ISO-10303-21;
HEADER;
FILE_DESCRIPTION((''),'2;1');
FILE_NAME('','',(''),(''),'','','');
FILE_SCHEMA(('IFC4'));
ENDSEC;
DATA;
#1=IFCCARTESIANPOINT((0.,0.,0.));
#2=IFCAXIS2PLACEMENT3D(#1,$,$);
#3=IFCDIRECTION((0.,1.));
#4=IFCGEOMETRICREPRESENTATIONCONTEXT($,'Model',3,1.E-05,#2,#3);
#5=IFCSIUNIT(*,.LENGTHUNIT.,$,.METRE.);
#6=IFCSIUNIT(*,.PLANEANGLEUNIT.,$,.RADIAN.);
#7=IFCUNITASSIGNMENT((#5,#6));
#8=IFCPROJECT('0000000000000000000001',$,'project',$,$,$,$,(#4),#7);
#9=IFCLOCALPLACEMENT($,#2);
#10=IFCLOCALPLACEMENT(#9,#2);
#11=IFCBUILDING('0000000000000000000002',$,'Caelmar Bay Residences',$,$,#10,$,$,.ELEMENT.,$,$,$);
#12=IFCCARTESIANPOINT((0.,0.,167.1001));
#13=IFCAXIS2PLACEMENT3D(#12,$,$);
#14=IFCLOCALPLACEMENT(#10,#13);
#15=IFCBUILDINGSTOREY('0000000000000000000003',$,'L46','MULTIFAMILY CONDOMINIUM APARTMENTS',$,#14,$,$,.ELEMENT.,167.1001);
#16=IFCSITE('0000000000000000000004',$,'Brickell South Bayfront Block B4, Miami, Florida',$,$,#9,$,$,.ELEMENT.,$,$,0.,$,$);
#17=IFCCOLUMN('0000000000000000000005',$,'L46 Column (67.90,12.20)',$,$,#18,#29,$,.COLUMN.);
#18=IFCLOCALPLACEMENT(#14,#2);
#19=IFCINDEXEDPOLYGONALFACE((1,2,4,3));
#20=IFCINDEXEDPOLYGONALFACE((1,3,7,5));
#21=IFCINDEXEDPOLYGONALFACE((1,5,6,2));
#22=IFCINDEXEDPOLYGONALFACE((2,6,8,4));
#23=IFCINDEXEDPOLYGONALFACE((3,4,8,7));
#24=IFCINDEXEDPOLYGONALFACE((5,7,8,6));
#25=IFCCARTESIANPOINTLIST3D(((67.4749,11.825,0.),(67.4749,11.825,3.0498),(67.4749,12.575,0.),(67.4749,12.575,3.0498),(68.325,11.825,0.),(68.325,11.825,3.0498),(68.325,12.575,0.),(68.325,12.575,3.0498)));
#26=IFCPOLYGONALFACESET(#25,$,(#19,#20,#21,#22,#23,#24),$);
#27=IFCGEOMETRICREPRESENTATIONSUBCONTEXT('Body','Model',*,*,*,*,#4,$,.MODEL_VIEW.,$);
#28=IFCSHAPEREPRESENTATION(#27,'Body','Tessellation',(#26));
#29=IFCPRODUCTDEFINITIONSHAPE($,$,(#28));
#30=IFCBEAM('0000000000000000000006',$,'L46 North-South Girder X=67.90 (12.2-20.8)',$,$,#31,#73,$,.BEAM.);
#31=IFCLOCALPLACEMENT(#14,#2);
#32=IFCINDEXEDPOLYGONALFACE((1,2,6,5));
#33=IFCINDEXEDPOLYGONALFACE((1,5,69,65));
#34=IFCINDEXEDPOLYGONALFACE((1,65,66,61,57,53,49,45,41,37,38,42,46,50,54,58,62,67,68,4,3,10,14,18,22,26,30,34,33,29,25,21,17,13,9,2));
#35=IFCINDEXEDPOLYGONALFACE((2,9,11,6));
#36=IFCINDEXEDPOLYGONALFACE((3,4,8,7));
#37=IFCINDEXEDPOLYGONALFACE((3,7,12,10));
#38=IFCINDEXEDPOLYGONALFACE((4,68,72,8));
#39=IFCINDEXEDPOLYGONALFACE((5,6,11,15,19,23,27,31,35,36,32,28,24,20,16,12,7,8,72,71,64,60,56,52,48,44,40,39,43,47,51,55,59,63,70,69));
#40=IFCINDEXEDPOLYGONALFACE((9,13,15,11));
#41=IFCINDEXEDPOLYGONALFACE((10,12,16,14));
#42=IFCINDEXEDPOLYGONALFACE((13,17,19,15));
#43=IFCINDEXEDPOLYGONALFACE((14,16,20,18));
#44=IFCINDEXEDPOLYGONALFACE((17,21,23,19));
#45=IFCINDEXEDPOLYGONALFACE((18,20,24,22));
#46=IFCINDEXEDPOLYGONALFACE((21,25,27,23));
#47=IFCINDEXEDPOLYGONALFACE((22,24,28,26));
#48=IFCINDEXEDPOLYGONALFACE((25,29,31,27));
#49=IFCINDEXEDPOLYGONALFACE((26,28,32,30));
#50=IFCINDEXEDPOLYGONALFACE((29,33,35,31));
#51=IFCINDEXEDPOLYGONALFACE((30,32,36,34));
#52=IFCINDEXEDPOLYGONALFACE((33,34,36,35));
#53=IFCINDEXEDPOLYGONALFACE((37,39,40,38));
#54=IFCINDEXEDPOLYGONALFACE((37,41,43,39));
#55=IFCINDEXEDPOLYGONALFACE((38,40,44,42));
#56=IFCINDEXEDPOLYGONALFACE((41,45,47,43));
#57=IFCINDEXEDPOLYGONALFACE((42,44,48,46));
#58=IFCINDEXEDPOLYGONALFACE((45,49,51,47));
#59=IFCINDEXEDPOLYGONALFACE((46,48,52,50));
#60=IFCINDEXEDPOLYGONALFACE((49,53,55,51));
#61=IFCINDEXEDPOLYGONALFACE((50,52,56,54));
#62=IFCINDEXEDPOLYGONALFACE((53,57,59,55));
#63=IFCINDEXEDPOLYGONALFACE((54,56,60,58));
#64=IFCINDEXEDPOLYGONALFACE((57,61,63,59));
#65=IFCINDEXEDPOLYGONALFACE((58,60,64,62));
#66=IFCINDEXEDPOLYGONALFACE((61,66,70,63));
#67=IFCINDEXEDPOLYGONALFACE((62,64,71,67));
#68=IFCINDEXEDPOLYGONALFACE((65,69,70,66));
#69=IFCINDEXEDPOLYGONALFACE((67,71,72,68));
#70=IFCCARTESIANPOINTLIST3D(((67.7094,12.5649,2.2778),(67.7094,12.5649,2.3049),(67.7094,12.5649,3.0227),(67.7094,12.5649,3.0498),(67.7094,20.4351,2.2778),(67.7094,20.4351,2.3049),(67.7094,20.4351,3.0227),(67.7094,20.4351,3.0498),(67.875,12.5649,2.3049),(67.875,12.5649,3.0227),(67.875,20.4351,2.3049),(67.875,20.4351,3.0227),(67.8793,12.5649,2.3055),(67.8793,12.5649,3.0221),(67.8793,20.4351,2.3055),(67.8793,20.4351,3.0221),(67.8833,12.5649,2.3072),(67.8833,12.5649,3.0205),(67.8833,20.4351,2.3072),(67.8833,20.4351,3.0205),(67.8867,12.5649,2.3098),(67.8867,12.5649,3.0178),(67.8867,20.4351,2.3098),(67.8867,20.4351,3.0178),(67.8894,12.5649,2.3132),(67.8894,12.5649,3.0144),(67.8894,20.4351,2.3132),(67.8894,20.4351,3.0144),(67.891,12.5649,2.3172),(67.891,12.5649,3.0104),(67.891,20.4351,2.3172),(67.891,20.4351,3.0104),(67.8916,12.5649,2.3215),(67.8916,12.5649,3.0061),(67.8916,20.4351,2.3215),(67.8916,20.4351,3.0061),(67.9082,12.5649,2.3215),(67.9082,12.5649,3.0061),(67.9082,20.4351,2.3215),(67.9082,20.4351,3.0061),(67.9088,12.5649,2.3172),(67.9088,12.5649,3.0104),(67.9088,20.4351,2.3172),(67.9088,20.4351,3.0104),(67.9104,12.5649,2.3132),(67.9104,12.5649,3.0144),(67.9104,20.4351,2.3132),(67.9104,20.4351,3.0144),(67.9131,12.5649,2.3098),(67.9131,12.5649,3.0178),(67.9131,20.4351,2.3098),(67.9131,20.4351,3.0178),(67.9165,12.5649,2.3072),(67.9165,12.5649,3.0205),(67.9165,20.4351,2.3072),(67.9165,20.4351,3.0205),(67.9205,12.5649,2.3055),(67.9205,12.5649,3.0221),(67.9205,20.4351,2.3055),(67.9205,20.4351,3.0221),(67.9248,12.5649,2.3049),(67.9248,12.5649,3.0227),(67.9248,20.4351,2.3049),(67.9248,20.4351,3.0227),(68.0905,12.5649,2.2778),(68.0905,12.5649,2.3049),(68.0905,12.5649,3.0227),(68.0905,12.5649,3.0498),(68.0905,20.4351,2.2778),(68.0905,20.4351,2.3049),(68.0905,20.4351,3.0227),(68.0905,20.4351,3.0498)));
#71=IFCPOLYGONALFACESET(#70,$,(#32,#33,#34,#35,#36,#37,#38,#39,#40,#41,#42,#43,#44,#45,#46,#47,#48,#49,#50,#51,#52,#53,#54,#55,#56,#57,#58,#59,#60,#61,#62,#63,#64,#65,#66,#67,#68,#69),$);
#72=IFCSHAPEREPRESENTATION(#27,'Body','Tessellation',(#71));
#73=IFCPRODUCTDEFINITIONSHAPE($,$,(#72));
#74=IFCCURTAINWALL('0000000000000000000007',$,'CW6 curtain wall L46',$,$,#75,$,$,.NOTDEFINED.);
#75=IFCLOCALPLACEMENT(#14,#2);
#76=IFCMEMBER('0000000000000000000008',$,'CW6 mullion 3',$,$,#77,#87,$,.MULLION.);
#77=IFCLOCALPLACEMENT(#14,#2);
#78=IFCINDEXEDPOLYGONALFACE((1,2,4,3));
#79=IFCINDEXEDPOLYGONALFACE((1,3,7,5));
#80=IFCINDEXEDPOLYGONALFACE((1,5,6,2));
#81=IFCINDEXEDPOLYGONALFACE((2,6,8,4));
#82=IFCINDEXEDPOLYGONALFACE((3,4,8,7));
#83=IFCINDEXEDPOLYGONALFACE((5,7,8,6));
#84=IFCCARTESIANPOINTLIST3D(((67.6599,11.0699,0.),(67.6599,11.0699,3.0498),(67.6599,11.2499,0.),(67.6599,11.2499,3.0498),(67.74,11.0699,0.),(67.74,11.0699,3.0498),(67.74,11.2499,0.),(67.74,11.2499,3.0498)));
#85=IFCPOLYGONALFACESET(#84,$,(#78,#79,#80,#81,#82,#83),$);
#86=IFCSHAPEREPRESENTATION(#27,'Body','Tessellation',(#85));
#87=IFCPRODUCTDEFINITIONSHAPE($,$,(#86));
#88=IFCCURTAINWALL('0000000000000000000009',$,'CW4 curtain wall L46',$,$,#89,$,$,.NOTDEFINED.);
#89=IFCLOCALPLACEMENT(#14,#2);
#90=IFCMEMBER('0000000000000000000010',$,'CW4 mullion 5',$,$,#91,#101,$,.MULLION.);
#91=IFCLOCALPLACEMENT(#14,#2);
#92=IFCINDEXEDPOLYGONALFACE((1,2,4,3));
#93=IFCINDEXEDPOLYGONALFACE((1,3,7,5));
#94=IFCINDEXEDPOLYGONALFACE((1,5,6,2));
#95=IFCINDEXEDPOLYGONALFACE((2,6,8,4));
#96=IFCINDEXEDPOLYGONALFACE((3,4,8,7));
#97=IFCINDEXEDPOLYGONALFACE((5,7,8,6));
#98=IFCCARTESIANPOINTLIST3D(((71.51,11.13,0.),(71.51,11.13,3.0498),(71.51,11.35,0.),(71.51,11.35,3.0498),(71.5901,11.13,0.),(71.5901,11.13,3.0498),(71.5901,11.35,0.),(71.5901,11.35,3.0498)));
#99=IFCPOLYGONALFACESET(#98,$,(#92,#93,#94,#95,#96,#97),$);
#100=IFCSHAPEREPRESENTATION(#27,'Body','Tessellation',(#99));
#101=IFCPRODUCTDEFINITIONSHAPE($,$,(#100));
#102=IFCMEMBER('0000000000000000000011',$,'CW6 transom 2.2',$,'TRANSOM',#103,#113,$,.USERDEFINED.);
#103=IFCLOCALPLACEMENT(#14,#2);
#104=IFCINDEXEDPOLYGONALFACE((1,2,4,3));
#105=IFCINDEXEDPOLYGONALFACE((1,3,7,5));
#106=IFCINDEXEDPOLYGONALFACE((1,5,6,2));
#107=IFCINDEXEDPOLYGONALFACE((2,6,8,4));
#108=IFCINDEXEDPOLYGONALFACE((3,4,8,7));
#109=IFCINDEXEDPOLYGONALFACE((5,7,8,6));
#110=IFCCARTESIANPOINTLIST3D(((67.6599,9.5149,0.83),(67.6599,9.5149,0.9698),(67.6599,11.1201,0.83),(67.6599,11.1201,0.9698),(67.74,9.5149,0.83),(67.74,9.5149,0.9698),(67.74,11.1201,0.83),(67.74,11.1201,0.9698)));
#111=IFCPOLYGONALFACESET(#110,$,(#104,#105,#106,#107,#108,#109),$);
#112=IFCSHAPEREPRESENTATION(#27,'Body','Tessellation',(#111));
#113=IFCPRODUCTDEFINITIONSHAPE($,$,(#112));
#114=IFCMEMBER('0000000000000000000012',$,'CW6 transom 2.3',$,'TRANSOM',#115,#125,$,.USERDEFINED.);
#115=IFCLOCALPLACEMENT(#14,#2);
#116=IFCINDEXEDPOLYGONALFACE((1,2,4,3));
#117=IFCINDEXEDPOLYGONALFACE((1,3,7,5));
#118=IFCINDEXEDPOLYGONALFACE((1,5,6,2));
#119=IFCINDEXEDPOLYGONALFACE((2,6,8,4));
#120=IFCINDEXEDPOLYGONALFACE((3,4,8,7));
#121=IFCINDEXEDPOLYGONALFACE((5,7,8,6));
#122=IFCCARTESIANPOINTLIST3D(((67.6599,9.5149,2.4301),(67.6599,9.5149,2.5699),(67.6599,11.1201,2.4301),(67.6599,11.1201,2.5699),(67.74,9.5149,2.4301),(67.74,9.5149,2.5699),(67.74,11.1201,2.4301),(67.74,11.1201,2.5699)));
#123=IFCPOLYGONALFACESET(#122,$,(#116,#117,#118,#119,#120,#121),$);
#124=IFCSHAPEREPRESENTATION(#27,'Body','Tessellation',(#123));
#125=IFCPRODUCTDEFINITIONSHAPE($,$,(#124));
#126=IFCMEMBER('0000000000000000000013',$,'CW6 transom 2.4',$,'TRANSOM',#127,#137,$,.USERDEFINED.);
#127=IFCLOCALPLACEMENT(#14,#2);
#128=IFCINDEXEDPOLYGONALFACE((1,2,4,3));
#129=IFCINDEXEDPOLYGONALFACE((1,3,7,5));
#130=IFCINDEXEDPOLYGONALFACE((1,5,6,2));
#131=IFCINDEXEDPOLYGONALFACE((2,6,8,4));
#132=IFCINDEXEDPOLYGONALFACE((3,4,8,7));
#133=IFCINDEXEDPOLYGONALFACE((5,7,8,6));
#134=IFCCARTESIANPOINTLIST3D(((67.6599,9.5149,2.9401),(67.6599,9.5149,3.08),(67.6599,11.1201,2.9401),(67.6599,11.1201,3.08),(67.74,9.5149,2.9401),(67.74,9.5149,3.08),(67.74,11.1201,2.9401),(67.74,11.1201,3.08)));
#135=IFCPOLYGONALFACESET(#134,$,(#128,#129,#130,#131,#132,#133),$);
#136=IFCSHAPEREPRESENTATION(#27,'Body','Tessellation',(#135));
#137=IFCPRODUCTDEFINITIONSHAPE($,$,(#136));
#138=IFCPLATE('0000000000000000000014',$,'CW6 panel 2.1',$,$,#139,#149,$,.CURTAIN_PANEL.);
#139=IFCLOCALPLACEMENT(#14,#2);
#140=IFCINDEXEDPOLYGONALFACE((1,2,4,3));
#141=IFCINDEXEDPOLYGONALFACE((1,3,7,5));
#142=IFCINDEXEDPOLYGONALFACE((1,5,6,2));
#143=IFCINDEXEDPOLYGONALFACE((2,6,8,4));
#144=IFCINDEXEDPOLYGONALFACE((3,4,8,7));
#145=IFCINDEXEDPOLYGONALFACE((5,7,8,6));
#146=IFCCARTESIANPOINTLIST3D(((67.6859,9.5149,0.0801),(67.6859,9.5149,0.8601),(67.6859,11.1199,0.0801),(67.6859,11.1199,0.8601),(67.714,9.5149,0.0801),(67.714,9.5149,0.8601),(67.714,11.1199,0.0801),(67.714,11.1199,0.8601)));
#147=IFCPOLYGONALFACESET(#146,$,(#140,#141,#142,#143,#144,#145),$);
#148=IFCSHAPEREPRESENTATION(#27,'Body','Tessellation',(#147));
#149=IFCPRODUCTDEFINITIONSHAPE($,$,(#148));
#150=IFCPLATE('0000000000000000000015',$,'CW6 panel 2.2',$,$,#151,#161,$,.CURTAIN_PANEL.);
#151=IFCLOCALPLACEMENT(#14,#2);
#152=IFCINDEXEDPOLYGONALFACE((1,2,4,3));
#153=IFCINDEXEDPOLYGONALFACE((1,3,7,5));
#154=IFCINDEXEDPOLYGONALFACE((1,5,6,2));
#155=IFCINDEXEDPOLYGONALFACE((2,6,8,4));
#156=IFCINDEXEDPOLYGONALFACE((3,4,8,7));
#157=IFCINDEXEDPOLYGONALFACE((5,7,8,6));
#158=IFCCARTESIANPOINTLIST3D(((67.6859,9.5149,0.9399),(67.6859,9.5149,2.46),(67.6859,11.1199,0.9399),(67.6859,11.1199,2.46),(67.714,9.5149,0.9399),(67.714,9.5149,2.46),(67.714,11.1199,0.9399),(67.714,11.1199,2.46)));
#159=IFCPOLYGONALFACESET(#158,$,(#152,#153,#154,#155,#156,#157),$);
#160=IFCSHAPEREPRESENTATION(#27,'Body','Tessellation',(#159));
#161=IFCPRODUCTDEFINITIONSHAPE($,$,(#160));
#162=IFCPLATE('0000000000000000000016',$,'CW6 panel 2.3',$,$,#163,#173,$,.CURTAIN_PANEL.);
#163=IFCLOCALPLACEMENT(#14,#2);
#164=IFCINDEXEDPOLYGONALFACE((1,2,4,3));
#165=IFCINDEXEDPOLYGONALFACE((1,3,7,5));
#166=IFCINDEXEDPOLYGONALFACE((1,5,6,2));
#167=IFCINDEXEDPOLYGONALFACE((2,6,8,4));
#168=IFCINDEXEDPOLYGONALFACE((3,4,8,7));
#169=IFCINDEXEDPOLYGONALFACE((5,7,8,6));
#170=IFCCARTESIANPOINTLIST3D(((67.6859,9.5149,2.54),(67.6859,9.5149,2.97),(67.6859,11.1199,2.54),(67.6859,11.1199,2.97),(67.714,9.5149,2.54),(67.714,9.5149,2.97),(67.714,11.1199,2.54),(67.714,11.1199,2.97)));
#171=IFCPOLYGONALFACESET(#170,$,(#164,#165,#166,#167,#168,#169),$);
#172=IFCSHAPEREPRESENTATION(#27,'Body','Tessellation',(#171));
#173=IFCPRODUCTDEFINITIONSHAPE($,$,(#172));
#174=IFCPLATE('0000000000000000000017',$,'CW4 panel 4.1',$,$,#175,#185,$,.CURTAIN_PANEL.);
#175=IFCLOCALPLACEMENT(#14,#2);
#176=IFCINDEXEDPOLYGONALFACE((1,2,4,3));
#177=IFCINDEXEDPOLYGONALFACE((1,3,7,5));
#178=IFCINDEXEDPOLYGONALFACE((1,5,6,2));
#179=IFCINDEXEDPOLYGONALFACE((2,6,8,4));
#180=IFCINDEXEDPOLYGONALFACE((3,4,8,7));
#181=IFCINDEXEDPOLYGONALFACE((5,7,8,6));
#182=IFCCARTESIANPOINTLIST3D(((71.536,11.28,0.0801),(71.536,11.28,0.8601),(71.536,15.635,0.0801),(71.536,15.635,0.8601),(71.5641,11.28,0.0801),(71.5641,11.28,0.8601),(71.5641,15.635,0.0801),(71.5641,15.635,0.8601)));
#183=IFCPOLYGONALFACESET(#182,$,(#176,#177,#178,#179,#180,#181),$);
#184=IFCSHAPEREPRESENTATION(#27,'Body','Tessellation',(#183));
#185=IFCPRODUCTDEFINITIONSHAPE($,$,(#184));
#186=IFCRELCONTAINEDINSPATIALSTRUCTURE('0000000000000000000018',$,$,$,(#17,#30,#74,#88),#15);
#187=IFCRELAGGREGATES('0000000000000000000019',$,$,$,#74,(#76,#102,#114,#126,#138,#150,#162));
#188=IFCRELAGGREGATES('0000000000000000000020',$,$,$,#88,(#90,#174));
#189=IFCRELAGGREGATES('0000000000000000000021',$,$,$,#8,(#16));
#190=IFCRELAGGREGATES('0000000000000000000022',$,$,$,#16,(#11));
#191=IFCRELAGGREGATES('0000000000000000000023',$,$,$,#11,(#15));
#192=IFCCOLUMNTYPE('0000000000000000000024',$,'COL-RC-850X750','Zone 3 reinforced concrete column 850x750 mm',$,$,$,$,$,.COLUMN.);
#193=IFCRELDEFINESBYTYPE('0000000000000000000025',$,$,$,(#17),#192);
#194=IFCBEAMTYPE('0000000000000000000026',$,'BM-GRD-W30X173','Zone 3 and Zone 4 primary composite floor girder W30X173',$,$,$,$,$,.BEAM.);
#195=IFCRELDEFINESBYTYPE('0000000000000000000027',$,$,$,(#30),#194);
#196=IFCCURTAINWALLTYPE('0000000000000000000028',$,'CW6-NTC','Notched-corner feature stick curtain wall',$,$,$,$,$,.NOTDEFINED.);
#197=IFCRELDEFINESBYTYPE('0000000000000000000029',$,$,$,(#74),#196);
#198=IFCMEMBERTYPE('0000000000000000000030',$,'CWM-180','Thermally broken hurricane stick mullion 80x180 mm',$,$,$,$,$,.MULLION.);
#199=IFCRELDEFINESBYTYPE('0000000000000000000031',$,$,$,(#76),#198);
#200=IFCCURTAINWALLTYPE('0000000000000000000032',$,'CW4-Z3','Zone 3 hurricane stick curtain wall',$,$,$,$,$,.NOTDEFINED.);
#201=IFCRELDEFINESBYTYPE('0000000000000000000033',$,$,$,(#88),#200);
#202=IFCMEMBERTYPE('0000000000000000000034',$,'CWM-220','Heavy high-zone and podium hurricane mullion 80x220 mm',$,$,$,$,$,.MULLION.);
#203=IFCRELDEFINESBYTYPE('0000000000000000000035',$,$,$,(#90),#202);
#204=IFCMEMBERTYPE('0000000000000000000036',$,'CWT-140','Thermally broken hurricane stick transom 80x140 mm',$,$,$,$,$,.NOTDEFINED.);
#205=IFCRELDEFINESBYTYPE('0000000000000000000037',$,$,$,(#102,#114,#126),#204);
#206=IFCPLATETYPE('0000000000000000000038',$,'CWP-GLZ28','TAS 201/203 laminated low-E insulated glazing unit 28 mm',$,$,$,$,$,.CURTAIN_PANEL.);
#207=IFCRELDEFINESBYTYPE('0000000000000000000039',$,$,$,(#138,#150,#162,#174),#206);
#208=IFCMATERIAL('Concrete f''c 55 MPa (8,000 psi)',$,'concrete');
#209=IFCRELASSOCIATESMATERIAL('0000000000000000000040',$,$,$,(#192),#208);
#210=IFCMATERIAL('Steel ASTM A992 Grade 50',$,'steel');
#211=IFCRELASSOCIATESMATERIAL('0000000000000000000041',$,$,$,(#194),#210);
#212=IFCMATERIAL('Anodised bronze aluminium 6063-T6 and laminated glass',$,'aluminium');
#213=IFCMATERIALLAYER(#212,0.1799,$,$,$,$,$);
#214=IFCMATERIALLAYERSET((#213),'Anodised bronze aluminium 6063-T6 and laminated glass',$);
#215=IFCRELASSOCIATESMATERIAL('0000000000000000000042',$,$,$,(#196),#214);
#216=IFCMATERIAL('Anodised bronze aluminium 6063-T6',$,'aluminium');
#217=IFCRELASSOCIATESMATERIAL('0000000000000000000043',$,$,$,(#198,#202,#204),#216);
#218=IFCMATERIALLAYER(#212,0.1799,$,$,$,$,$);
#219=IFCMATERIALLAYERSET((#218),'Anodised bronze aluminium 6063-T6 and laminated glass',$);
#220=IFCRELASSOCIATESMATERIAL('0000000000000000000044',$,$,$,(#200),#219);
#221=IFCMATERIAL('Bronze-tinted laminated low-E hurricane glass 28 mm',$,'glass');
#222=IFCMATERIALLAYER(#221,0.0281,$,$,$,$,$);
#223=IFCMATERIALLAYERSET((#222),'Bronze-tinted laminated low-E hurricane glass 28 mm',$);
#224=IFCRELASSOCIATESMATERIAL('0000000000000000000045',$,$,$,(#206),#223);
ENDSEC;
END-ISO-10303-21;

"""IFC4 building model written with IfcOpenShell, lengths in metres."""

from ifc_helpers import new_model, si_unit, direction, frame, origin, origin_2d, place, context, subcontext, project, spatial, rectangle, i_section, extrude, material, layer, layer_set, material_profile, profile_set, type_object, element, aggregate, save


model = new_model("IFC4")

# Units and contexts
model_context = context("Model", 3, precision=1e-05, world=origin(), true_north=direction((0.0, 1.0)))
body_context = subcontext(model_context, "Body", "Model", "MODEL_VIEW")
ifc_project = project(units=[si_unit("LENGTHUNIT", "METRE"), si_unit("PLANEANGLEUNIT", "RADIAN")], contexts=[model_context])

# Site, building, storey
site_placement = place(None, origin())
site = spatial("IfcSite", under=ifc_project, at=site_placement, Name="Brickell South Bayfront Block B4, Miami, Florida", CompositionType="ELEMENT", RefElevation=0.0)
building_placement = place(site_placement, origin())
building = spatial("IfcBuilding", under=site, at=building_placement, Name="Caelmar Bay Residences", CompositionType="ELEMENT")
storey_placement = place(building_placement, frame((0.0, 0.0, 167.1001)))
storey = spatial("IfcBuildingStorey", under=building, at=storey_placement, Name="L46", Description="MULTIFAMILY CONDOMINIUM APARTMENTS", CompositionType="ELEMENT", Elevation=167.1001)

# Column
ifc_material_1 = material(Name="Concrete f'c 55 MPa (8,000 psi)", Category="concrete")
ifc_material_profile_1 = material_profile(ifc_material_1, rectangle(XDim=0.8501, YDim=0.75, at=origin_2d()), Name="RC-COL-850X750")
ifc_profile_set_1 = profile_set([ifc_material_profile_1], Name="Concrete f'c 55 MPa (8,000 psi)")
column_type = type_object("IfcColumnType", Name="COL-RC-850X750", Description="Zone 3 reinforced concrete column 850x750 mm", PredefinedType="COLUMN", material=ifc_profile_set_1)
column_placement = place(storey_placement, frame((67.8999, 12.2, 0.0), z_axis=(0.0, 0.0, 1.0), x_axis=(1.0, 0.0, 0.0)))
element("IfcColumn", 1, at=column_placement, inside=storey, type_object=column_type, Name="L46 Column (67.90,12.20)", PredefinedType="COLUMN", context=body_context, shape_type="SweptSolid", body=[
    extrude(rectangle(XDim=0.8501, YDim=0.75, at=origin_2d()), origin(), (0.0, 0.0, 1.0), 3.0498),
])

# Beam
ifc_material_2 = material(Name="Steel ASTM A992 Grade 50", Category="steel")
ifc_material_profile_2 = material_profile(ifc_material_2, i_section(OverallWidth=0.3811, OverallDepth=0.772, WebThickness=0.0166, FlangeThickness=0.0271, FilletRadius=0.0166, at=origin_2d()), Name="W30X173")
ifc_profile_set_2 = profile_set([ifc_material_profile_2], Name="Steel ASTM A992 Grade 50")
beam_type = type_object("IfcBeamType", Name="BM-GRD-W30X173", Description="Zone 3 and Zone 4 primary composite floor girder W30X173", PredefinedType="BEAM", material=ifc_profile_set_2)
beam_placement = place(storey_placement, frame((67.8999, 12.5649, 2.6638), z_axis=(0.0, 1.0, 0.0), x_axis=(-1.0, 0.0, 0.0)))
element("IfcBeam", 2, at=beam_placement, inside=storey, type_object=beam_type, Name="L46 North-South Girder X=67.90 (12.2-20.8)", PredefinedType="BEAM", context=body_context, shape_type="SweptSolid", body=[
    extrude(i_section(OverallWidth=0.3811, OverallDepth=0.772, WebThickness=0.0166, FlangeThickness=0.0271, FilletRadius=0.0166, at=origin_2d()), origin(), (0.0, 0.0, 1.0), 7.8701),
])

# Curtain walls, members
ifc_material_3 = material(Name="Anodised bronze aluminium 6063-T6 and laminated glass", Category="aluminium")
ifc_layer_1 = layer(ifc_material_3, 0.1799)
ifc_layer_set_1 = layer_set([ifc_layer_1], Name="Anodised bronze aluminium 6063-T6 and laminated glass")
curtain_wall_type_1 = type_object("IfcCurtainWallType", Name="CW6-NTC", Description="Notched-corner feature stick curtain wall", PredefinedType="NOTDEFINED", material=ifc_layer_set_1)
curtain_wall_1_placement = place(storey_placement, origin())
curtain_wall_1 = element("IfcCurtainWall", 3, at=curtain_wall_1_placement, inside=storey, type_object=curtain_wall_type_1, Name="CW6 curtain wall L46", PredefinedType="NOTDEFINED")
ifc_material_4 = material(Name="Anodised bronze aluminium 6063-T6", Category="aluminium")
ifc_material_profile_3 = material_profile(ifc_material_4, rectangle(XDim=0.0801, YDim=0.1799, at=origin_2d()), Name="CWM-80X180")
ifc_profile_set_3 = profile_set([ifc_material_profile_3], Name="Anodised bronze aluminium 6063-T6")
member_type_1 = type_object("IfcMemberType", Name="CWM-180", Description="Thermally broken hurricane stick mullion 80x180 mm", PredefinedType="MULLION", material=ifc_profile_set_3)
member_1_placement = place(storey_placement, frame((67.7, 11.1599, 0.0), z_axis=(0.0, 0.0, 1.0), x_axis=(-1.0, 0.0, 0.0)))
member_1 = element("IfcMember", 4, at=member_1_placement, type_object=member_type_1, Name="CW6 mullion 3", PredefinedType="MULLION", context=body_context, shape_type="SweptSolid", body=[
    extrude(rectangle(XDim=0.0801, YDim=0.1799, at=origin_2d()), origin(), (0.0, 0.0, 1.0), 3.0498),
])
ifc_layer_2 = layer(ifc_material_3, 0.1799)
ifc_layer_set_2 = layer_set([ifc_layer_2], Name="Anodised bronze aluminium 6063-T6 and laminated glass")
curtain_wall_type_2 = type_object("IfcCurtainWallType", Name="CW4-Z3", Description="Zone 3 hurricane stick curtain wall", PredefinedType="NOTDEFINED", material=ifc_layer_set_2)
curtain_wall_2_placement = place(storey_placement, origin())
curtain_wall_2 = element("IfcCurtainWall", 5, at=curtain_wall_2_placement, inside=storey, type_object=curtain_wall_type_2, Name="CW4 curtain wall L46", PredefinedType="NOTDEFINED")
ifc_material_profile_4 = material_profile(ifc_material_4, rectangle(XDim=0.0801, YDim=0.22, at=origin_2d()), Name="CWM-80X220")
ifc_profile_set_4 = profile_set([ifc_material_profile_4], Name="Anodised bronze aluminium 6063-T6")
member_type_2 = type_object("IfcMemberType", Name="CWM-220", Description="Heavy high-zone and podium hurricane mullion 80x220 mm", PredefinedType="MULLION", material=ifc_profile_set_4)
member_2_placement = place(storey_placement, frame((71.55, 11.24, 0.0), z_axis=(0.0, 0.0, 1.0), x_axis=(1.0, 0.0, 0.0)))
member_2 = element("IfcMember", 6, at=member_2_placement, type_object=member_type_2, Name="CW4 mullion 5", PredefinedType="MULLION", context=body_context, shape_type="SweptSolid", body=[
    extrude(rectangle(XDim=0.0801, YDim=0.22, at=origin_2d()), origin(), (0.0, 0.0, 1.0), 3.0498),
])

# Members
ifc_material_profile_5 = material_profile(ifc_material_4, rectangle(XDim=0.0801, YDim=0.1399, at=origin_2d()), Name="CWT-80X140")
ifc_profile_set_5 = profile_set([ifc_material_profile_5], Name="Anodised bronze aluminium 6063-T6")
member_type_3 = type_object("IfcMemberType", Name="CWT-140", Description="Thermally broken hurricane stick transom 80x140 mm", PredefinedType="NOTDEFINED", material=ifc_profile_set_5)
member_3_placement = place(storey_placement, frame((67.7, 9.5149, 0.8999), z_axis=(0.0, 1.0, 0.0), x_axis=(-1.0, 0.0, 0.0)))
member_3 = element("IfcMember", 7, at=member_3_placement, type_object=member_type_3, Name="CW6 transom 2.2", ObjectType="TRANSOM", PredefinedType="USERDEFINED", context=body_context, shape_type="SweptSolid", body=[
    extrude(rectangle(XDim=0.0801, YDim=0.1399, at=origin_2d()), origin(), (0.0, 0.0, 1.0), 1.6052),
])
member_4_placement = place(storey_placement, frame((67.7, 9.5149, 2.5), z_axis=(0.0, 1.0, 0.0), x_axis=(-1.0, 0.0, 0.0)))
member_4 = element("IfcMember", 8, at=member_4_placement, type_object=member_type_3, Name="CW6 transom 2.3", ObjectType="TRANSOM", PredefinedType="USERDEFINED", context=body_context, shape_type="SweptSolid", body=[
    extrude(rectangle(XDim=0.0801, YDim=0.1399, at=origin_2d()), origin(), (0.0, 0.0, 1.0), 1.6052),
])
member_5_placement = place(storey_placement, frame((67.7, 9.5149, 3.01), z_axis=(0.0, 1.0, 0.0), x_axis=(-1.0, 0.0, 0.0)))
member_5 = element("IfcMember", 9, at=member_5_placement, type_object=member_type_3, Name="CW6 transom 2.4", ObjectType="TRANSOM", PredefinedType="USERDEFINED", context=body_context, shape_type="SweptSolid", body=[
    extrude(rectangle(XDim=0.0801, YDim=0.1399, at=origin_2d()), origin(), (0.0, 0.0, 1.0), 1.6052),
])

# Plates
ifc_material_5 = material(Name="Bronze-tinted laminated low-E hurricane glass 28 mm", Category="glass")
ifc_layer_3 = layer(ifc_material_5, 0.0281)
ifc_layer_set_3 = layer_set([ifc_layer_3], Name="Bronze-tinted laminated low-E hurricane glass 28 mm")
plate_type = type_object("IfcPlateType", Name="CWP-GLZ28", Description="TAS 201/203 laminated low-E insulated glazing unit 28 mm", PredefinedType="CURTAIN_PANEL", material=ifc_layer_set_3)
plate_1_placement = place(storey_placement, frame((67.7, 10.3174, 0.0801), z_axis=(0.0, 0.0, 1.0), x_axis=(0.0, 1.0, 0.0)))
plate_1 = element("IfcPlate", 10, at=plate_1_placement, type_object=plate_type, Name="CW6 panel 2.1", PredefinedType="CURTAIN_PANEL", context=body_context, shape_type="SweptSolid", body=[
    extrude(rectangle(XDim=1.605, YDim=0.0281, at=origin_2d()), origin(), (0.0, 0.0, 1.0), 0.78),
])
plate_2_placement = place(storey_placement, frame((67.7, 10.3174, 0.9399), z_axis=(0.0, 0.0, 1.0), x_axis=(0.0, 1.0, 0.0)))
plate_2 = element("IfcPlate", 11, at=plate_2_placement, type_object=plate_type, Name="CW6 panel 2.2", PredefinedType="CURTAIN_PANEL", context=body_context, shape_type="SweptSolid", body=[
    extrude(rectangle(XDim=1.605, YDim=0.0281, at=origin_2d()), origin(), (0.0, 0.0, 1.0), 1.52),
])
plate_3_placement = place(storey_placement, frame((67.7, 10.3174, 2.54), z_axis=(0.0, 0.0, 1.0), x_axis=(0.0, 1.0, 0.0)))
plate_3 = element("IfcPlate", 12, at=plate_3_placement, type_object=plate_type, Name="CW6 panel 2.3", PredefinedType="CURTAIN_PANEL", context=body_context, shape_type="SweptSolid", body=[
    extrude(rectangle(XDim=1.605, YDim=0.0281, at=origin_2d()), origin(), (0.0, 0.0, 1.0), 0.4299),
])
aggregate(curtain_wall_1, [member_1, member_3, member_4, member_5, plate_1, plate_2, plate_3])
plate_4_placement = place(storey_placement, frame((71.55, 13.4575, 0.0801), z_axis=(0.0, 0.0, 1.0), x_axis=(0.0, -1.0, 0.0)))
plate_4 = element("IfcPlate", 13, at=plate_4_placement, type_object=plate_type, Name="CW4 panel 4.1", PredefinedType="CURTAIN_PANEL", context=body_context, shape_type="SweptSolid", body=[
    extrude(rectangle(XDim=4.355, YDim=0.0281, at=origin_2d()), origin(), (0.0, 0.0, 1.0), 0.78),
])
aggregate(curtain_wall_2, [member_2, plate_4])

save(model, "model.ifc")
